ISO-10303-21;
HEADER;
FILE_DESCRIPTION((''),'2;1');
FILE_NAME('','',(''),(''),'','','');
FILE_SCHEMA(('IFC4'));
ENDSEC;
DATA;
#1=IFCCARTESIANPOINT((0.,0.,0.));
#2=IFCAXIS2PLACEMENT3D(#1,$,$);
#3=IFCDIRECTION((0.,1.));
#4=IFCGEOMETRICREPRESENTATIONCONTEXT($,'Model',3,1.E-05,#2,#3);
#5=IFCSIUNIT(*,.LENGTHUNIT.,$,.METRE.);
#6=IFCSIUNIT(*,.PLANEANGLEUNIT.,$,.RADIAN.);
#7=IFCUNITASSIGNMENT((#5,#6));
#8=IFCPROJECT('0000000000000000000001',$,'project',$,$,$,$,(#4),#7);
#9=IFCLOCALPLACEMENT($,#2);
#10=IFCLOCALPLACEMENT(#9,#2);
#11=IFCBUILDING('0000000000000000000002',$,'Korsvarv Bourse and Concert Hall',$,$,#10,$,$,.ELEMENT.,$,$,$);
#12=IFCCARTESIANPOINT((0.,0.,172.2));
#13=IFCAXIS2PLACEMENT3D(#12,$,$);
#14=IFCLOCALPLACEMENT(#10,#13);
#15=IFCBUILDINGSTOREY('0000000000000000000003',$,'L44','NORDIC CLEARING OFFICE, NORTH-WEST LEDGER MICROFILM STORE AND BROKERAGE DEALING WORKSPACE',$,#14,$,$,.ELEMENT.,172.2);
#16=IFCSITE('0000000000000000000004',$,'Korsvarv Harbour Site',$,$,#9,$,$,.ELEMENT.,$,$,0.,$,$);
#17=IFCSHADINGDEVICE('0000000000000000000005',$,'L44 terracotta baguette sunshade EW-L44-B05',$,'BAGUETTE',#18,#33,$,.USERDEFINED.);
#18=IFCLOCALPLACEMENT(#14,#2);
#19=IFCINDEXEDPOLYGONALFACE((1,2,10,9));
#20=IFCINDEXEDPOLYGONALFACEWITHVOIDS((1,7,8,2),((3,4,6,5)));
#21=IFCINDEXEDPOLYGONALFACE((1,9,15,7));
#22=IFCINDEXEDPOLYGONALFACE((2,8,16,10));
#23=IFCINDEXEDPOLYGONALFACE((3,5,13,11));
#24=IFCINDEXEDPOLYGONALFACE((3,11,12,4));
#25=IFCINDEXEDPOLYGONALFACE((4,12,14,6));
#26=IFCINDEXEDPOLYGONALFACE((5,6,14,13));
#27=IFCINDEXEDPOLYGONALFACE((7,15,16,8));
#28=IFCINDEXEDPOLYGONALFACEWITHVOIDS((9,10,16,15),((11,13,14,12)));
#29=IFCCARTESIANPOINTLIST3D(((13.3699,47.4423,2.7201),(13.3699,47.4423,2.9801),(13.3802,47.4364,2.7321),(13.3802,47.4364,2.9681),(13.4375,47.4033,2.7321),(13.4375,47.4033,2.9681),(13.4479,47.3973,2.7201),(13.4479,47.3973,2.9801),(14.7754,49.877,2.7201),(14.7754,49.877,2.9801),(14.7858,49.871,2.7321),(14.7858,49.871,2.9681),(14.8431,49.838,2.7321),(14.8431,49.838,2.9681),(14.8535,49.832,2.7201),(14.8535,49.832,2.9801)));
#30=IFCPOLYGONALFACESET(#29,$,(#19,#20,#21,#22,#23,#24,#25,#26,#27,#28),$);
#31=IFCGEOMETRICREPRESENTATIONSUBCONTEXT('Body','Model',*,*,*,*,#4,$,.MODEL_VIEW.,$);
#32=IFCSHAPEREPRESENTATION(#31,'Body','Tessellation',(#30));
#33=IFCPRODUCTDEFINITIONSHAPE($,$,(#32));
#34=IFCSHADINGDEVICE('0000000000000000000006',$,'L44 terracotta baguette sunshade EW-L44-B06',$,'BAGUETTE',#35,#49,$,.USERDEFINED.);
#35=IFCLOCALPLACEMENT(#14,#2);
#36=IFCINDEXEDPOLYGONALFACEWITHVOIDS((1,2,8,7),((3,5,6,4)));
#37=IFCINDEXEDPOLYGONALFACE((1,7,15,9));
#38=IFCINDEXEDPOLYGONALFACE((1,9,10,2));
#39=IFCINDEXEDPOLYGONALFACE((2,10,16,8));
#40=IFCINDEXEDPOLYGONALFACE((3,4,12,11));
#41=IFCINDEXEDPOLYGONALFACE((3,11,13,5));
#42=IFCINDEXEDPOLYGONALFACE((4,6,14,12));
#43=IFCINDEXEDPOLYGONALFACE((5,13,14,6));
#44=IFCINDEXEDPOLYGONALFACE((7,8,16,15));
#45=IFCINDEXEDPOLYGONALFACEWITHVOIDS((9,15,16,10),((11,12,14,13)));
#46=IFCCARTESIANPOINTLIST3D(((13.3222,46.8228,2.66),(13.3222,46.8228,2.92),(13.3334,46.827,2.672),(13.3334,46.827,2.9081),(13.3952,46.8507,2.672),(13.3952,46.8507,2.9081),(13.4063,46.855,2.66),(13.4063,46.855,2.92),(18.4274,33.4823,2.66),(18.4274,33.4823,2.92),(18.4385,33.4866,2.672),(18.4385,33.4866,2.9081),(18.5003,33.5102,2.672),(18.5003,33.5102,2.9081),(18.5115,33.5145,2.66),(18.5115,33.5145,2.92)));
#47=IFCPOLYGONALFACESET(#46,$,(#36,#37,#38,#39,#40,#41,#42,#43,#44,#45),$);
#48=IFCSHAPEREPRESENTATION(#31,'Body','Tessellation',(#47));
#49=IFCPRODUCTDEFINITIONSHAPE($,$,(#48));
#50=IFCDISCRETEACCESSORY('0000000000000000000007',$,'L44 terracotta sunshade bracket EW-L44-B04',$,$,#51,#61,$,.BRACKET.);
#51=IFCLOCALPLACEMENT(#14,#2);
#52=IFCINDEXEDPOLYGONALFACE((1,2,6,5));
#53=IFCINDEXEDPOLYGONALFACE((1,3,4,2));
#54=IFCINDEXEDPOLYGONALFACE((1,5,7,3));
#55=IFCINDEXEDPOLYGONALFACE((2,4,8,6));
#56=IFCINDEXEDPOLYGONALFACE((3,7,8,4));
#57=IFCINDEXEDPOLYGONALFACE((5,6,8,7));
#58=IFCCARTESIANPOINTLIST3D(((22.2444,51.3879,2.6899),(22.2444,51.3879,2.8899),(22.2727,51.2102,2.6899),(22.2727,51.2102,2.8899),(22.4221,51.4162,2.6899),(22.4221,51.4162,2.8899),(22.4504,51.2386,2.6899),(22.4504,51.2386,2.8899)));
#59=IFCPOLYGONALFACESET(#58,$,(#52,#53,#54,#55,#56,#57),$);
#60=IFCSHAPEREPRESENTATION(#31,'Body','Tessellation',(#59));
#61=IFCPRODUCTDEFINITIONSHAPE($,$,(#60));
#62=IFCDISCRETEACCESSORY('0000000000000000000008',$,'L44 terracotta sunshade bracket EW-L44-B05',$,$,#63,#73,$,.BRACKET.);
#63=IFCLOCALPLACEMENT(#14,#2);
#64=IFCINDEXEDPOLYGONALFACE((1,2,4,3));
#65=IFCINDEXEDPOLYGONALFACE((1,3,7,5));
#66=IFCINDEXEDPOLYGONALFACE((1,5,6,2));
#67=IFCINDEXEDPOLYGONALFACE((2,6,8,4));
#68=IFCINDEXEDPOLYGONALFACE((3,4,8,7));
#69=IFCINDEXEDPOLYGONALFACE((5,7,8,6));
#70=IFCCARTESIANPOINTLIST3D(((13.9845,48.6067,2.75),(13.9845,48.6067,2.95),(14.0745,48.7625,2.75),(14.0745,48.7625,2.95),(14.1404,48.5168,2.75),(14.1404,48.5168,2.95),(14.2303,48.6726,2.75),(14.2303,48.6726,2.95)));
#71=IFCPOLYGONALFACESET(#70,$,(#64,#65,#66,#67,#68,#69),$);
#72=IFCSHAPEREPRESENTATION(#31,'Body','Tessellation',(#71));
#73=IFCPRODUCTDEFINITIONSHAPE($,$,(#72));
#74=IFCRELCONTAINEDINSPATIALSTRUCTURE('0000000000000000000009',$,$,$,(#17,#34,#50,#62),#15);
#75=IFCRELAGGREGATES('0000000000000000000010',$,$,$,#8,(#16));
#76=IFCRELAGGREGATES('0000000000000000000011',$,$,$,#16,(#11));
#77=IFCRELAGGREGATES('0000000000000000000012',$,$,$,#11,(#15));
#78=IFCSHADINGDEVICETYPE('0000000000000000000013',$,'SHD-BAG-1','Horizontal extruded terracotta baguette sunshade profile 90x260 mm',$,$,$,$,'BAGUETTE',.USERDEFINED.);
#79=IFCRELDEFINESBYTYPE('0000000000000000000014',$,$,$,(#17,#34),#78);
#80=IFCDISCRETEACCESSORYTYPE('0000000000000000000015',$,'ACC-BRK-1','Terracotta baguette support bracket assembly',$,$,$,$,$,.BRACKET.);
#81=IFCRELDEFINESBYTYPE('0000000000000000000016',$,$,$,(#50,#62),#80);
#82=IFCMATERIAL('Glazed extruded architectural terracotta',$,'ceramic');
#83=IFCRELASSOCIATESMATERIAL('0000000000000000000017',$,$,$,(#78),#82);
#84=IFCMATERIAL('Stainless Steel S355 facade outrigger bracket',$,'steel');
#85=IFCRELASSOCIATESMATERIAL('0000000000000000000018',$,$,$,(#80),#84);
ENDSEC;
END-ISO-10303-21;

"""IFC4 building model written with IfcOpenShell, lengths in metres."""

from ifc_helpers import new_model, si_unit, direction, frame, origin, origin_2d, place, context, subcontext, project, spatial, rectangle, hollow_rectangle, extrude, source, transform, mapped, material, material_profile, profile_set, type_object, element, save


model = new_model("IFC4")

# Units and contexts
model_context = context("Model", 3, precision=1e-05, world=origin(), true_north=direction((0.0, 1.0)))
body_context = subcontext(model_context, "Body", "Model", "MODEL_VIEW")
ifc_project = project(units=[si_unit("LENGTHUNIT", "METRE"), si_unit("PLANEANGLEUNIT", "RADIAN")], contexts=[model_context])

# Site, building, storey
site_placement = place(None, origin())
site = spatial("IfcSite", under=ifc_project, at=site_placement, Name="Korsvarv Harbour Site", CompositionType="ELEMENT", RefElevation=0.0)
building_placement = place(site_placement, origin())
building = spatial("IfcBuilding", under=site, at=building_placement, Name="Korsvarv Bourse and Concert Hall", CompositionType="ELEMENT")
storey_placement = place(building_placement, frame((0.0, 0.0, 172.2)))
storey = spatial("IfcBuildingStorey", under=building, at=storey_placement, Name="L44", Description="NORDIC CLEARING OFFICE, NORTH-WEST LEDGER MICROFILM STORE AND BROKERAGE DEALING WORKSPACE", CompositionType="ELEMENT", Elevation=172.2)

# Shading devices
ifc_material_1 = material(Name="Glazed extruded architectural terracotta", Category="ceramic")
ifc_material_profile_1 = material_profile(ifc_material_1, hollow_rectangle(XDim=0.0901, YDim=0.26, WallThickness=0.012, at=origin_2d()), Name="TC-BAG 90x260")
ifc_profile_set_1 = profile_set([ifc_material_profile_1], Name="Glazed extruded architectural terracotta")
shading_device_type = type_object("IfcShadingDeviceType", Name="SHD-BAG-1", Description="Horizontal extruded terracotta baguette sunshade profile 90x260 mm", ElementType="BAGUETTE", PredefinedType="USERDEFINED", material=ifc_profile_set_1)
shared_shape_1 = source(origin(), body_context, "Body", "SweptSolid", [
    extrude(hollow_rectangle(XDim=0.0901, YDim=0.26, WallThickness=0.012, at=origin_2d()), origin(), (0.0, 0.0, 1.0), 2.8113),
])
shading_device_1_placement = place(storey_placement, frame((14.8145, 49.8545, 2.8501), z_axis=(-0.499978, -0.866038, 0.0), x_axis=(0.866038, -0.499978, 0.0)))
element("IfcShadingDevice", 1, at=shading_device_1_placement, inside=storey, type_object=shading_device_type, Name="L44 terracotta baguette sunshade EW-L44-B05", ObjectType="BAGUETTE", PredefinedType="USERDEFINED", context=body_context, shape_type="MappedRepresentation", body=[
    mapped(shared_shape_1, transform((0.0, 0.0, 0.0), scale=1.0)),
])
shared_shape_2 = source(origin(), body_context, "Body", "SweptSolid", [
    extrude(hollow_rectangle(XDim=0.0901, YDim=0.26, WallThickness=0.012, at=origin_2d()), origin(), (0.0, 0.0, 1.0), 14.2839),
])
shading_device_2_placement = place(storey_placement, frame((13.3643, 46.8389, 2.79), z_axis=(0.357407, -0.933949, 0.0), x_axis=(0.933949, 0.357407, 0.0)))
element("IfcShadingDevice", 2, at=shading_device_2_placement, inside=storey, type_object=shading_device_type, Name="L44 terracotta baguette sunshade EW-L44-B06", ObjectType="BAGUETTE", PredefinedType="USERDEFINED", context=body_context, shape_type="MappedRepresentation", body=[
    mapped(shared_shape_2, transform((0.0, 0.0, 0.0), scale=1.0)),
])

# Discrete accessories
ifc_material_2 = material(Name="Stainless Steel S355 facade outrigger bracket", Category="steel")
discrete_accessory_type = type_object("IfcDiscreteAccessoryType", Name="ACC-BRK-1", Description="Terracotta baguette support bracket assembly", PredefinedType="BRACKET", material=ifc_material_2)
shared_shape_3 = source(origin(), body_context, "Body", "SweptSolid", [
    extrude(rectangle(XDim=0.1799, YDim=0.1799, at=origin_2d()), origin(), (0.0, 0.0, 1.0), 0.2),
])
for number, where, z_axis, x_axis, name in (
    (3, (22.3474, 51.3132, 2.6899), (0.0, 0.0, 1.0), (-0.987524, -0.157469, 0.0), "L44 terracotta sunshade bracket EW-L44-B04"),
    (4, (14.1074, 48.6396, 2.75), (0.0, 0.0, 1.0), (-0.5, -0.866025, 0.0), "L44 terracotta sunshade bracket EW-L44-B05"),
):
    element("IfcDiscreteAccessory", number, at=place(storey_placement, frame(where, z_axis=z_axis, x_axis=x_axis)), inside=storey, type_object=discrete_accessory_type, Name=name, PredefinedType="BRACKET", context=body_context, shape_type="MappedRepresentation", body=[
        mapped(shared_shape_3, transform((0.0, 0.0, 0.0), scale=1.0)),
    ])

save(model, "model.ifc")
